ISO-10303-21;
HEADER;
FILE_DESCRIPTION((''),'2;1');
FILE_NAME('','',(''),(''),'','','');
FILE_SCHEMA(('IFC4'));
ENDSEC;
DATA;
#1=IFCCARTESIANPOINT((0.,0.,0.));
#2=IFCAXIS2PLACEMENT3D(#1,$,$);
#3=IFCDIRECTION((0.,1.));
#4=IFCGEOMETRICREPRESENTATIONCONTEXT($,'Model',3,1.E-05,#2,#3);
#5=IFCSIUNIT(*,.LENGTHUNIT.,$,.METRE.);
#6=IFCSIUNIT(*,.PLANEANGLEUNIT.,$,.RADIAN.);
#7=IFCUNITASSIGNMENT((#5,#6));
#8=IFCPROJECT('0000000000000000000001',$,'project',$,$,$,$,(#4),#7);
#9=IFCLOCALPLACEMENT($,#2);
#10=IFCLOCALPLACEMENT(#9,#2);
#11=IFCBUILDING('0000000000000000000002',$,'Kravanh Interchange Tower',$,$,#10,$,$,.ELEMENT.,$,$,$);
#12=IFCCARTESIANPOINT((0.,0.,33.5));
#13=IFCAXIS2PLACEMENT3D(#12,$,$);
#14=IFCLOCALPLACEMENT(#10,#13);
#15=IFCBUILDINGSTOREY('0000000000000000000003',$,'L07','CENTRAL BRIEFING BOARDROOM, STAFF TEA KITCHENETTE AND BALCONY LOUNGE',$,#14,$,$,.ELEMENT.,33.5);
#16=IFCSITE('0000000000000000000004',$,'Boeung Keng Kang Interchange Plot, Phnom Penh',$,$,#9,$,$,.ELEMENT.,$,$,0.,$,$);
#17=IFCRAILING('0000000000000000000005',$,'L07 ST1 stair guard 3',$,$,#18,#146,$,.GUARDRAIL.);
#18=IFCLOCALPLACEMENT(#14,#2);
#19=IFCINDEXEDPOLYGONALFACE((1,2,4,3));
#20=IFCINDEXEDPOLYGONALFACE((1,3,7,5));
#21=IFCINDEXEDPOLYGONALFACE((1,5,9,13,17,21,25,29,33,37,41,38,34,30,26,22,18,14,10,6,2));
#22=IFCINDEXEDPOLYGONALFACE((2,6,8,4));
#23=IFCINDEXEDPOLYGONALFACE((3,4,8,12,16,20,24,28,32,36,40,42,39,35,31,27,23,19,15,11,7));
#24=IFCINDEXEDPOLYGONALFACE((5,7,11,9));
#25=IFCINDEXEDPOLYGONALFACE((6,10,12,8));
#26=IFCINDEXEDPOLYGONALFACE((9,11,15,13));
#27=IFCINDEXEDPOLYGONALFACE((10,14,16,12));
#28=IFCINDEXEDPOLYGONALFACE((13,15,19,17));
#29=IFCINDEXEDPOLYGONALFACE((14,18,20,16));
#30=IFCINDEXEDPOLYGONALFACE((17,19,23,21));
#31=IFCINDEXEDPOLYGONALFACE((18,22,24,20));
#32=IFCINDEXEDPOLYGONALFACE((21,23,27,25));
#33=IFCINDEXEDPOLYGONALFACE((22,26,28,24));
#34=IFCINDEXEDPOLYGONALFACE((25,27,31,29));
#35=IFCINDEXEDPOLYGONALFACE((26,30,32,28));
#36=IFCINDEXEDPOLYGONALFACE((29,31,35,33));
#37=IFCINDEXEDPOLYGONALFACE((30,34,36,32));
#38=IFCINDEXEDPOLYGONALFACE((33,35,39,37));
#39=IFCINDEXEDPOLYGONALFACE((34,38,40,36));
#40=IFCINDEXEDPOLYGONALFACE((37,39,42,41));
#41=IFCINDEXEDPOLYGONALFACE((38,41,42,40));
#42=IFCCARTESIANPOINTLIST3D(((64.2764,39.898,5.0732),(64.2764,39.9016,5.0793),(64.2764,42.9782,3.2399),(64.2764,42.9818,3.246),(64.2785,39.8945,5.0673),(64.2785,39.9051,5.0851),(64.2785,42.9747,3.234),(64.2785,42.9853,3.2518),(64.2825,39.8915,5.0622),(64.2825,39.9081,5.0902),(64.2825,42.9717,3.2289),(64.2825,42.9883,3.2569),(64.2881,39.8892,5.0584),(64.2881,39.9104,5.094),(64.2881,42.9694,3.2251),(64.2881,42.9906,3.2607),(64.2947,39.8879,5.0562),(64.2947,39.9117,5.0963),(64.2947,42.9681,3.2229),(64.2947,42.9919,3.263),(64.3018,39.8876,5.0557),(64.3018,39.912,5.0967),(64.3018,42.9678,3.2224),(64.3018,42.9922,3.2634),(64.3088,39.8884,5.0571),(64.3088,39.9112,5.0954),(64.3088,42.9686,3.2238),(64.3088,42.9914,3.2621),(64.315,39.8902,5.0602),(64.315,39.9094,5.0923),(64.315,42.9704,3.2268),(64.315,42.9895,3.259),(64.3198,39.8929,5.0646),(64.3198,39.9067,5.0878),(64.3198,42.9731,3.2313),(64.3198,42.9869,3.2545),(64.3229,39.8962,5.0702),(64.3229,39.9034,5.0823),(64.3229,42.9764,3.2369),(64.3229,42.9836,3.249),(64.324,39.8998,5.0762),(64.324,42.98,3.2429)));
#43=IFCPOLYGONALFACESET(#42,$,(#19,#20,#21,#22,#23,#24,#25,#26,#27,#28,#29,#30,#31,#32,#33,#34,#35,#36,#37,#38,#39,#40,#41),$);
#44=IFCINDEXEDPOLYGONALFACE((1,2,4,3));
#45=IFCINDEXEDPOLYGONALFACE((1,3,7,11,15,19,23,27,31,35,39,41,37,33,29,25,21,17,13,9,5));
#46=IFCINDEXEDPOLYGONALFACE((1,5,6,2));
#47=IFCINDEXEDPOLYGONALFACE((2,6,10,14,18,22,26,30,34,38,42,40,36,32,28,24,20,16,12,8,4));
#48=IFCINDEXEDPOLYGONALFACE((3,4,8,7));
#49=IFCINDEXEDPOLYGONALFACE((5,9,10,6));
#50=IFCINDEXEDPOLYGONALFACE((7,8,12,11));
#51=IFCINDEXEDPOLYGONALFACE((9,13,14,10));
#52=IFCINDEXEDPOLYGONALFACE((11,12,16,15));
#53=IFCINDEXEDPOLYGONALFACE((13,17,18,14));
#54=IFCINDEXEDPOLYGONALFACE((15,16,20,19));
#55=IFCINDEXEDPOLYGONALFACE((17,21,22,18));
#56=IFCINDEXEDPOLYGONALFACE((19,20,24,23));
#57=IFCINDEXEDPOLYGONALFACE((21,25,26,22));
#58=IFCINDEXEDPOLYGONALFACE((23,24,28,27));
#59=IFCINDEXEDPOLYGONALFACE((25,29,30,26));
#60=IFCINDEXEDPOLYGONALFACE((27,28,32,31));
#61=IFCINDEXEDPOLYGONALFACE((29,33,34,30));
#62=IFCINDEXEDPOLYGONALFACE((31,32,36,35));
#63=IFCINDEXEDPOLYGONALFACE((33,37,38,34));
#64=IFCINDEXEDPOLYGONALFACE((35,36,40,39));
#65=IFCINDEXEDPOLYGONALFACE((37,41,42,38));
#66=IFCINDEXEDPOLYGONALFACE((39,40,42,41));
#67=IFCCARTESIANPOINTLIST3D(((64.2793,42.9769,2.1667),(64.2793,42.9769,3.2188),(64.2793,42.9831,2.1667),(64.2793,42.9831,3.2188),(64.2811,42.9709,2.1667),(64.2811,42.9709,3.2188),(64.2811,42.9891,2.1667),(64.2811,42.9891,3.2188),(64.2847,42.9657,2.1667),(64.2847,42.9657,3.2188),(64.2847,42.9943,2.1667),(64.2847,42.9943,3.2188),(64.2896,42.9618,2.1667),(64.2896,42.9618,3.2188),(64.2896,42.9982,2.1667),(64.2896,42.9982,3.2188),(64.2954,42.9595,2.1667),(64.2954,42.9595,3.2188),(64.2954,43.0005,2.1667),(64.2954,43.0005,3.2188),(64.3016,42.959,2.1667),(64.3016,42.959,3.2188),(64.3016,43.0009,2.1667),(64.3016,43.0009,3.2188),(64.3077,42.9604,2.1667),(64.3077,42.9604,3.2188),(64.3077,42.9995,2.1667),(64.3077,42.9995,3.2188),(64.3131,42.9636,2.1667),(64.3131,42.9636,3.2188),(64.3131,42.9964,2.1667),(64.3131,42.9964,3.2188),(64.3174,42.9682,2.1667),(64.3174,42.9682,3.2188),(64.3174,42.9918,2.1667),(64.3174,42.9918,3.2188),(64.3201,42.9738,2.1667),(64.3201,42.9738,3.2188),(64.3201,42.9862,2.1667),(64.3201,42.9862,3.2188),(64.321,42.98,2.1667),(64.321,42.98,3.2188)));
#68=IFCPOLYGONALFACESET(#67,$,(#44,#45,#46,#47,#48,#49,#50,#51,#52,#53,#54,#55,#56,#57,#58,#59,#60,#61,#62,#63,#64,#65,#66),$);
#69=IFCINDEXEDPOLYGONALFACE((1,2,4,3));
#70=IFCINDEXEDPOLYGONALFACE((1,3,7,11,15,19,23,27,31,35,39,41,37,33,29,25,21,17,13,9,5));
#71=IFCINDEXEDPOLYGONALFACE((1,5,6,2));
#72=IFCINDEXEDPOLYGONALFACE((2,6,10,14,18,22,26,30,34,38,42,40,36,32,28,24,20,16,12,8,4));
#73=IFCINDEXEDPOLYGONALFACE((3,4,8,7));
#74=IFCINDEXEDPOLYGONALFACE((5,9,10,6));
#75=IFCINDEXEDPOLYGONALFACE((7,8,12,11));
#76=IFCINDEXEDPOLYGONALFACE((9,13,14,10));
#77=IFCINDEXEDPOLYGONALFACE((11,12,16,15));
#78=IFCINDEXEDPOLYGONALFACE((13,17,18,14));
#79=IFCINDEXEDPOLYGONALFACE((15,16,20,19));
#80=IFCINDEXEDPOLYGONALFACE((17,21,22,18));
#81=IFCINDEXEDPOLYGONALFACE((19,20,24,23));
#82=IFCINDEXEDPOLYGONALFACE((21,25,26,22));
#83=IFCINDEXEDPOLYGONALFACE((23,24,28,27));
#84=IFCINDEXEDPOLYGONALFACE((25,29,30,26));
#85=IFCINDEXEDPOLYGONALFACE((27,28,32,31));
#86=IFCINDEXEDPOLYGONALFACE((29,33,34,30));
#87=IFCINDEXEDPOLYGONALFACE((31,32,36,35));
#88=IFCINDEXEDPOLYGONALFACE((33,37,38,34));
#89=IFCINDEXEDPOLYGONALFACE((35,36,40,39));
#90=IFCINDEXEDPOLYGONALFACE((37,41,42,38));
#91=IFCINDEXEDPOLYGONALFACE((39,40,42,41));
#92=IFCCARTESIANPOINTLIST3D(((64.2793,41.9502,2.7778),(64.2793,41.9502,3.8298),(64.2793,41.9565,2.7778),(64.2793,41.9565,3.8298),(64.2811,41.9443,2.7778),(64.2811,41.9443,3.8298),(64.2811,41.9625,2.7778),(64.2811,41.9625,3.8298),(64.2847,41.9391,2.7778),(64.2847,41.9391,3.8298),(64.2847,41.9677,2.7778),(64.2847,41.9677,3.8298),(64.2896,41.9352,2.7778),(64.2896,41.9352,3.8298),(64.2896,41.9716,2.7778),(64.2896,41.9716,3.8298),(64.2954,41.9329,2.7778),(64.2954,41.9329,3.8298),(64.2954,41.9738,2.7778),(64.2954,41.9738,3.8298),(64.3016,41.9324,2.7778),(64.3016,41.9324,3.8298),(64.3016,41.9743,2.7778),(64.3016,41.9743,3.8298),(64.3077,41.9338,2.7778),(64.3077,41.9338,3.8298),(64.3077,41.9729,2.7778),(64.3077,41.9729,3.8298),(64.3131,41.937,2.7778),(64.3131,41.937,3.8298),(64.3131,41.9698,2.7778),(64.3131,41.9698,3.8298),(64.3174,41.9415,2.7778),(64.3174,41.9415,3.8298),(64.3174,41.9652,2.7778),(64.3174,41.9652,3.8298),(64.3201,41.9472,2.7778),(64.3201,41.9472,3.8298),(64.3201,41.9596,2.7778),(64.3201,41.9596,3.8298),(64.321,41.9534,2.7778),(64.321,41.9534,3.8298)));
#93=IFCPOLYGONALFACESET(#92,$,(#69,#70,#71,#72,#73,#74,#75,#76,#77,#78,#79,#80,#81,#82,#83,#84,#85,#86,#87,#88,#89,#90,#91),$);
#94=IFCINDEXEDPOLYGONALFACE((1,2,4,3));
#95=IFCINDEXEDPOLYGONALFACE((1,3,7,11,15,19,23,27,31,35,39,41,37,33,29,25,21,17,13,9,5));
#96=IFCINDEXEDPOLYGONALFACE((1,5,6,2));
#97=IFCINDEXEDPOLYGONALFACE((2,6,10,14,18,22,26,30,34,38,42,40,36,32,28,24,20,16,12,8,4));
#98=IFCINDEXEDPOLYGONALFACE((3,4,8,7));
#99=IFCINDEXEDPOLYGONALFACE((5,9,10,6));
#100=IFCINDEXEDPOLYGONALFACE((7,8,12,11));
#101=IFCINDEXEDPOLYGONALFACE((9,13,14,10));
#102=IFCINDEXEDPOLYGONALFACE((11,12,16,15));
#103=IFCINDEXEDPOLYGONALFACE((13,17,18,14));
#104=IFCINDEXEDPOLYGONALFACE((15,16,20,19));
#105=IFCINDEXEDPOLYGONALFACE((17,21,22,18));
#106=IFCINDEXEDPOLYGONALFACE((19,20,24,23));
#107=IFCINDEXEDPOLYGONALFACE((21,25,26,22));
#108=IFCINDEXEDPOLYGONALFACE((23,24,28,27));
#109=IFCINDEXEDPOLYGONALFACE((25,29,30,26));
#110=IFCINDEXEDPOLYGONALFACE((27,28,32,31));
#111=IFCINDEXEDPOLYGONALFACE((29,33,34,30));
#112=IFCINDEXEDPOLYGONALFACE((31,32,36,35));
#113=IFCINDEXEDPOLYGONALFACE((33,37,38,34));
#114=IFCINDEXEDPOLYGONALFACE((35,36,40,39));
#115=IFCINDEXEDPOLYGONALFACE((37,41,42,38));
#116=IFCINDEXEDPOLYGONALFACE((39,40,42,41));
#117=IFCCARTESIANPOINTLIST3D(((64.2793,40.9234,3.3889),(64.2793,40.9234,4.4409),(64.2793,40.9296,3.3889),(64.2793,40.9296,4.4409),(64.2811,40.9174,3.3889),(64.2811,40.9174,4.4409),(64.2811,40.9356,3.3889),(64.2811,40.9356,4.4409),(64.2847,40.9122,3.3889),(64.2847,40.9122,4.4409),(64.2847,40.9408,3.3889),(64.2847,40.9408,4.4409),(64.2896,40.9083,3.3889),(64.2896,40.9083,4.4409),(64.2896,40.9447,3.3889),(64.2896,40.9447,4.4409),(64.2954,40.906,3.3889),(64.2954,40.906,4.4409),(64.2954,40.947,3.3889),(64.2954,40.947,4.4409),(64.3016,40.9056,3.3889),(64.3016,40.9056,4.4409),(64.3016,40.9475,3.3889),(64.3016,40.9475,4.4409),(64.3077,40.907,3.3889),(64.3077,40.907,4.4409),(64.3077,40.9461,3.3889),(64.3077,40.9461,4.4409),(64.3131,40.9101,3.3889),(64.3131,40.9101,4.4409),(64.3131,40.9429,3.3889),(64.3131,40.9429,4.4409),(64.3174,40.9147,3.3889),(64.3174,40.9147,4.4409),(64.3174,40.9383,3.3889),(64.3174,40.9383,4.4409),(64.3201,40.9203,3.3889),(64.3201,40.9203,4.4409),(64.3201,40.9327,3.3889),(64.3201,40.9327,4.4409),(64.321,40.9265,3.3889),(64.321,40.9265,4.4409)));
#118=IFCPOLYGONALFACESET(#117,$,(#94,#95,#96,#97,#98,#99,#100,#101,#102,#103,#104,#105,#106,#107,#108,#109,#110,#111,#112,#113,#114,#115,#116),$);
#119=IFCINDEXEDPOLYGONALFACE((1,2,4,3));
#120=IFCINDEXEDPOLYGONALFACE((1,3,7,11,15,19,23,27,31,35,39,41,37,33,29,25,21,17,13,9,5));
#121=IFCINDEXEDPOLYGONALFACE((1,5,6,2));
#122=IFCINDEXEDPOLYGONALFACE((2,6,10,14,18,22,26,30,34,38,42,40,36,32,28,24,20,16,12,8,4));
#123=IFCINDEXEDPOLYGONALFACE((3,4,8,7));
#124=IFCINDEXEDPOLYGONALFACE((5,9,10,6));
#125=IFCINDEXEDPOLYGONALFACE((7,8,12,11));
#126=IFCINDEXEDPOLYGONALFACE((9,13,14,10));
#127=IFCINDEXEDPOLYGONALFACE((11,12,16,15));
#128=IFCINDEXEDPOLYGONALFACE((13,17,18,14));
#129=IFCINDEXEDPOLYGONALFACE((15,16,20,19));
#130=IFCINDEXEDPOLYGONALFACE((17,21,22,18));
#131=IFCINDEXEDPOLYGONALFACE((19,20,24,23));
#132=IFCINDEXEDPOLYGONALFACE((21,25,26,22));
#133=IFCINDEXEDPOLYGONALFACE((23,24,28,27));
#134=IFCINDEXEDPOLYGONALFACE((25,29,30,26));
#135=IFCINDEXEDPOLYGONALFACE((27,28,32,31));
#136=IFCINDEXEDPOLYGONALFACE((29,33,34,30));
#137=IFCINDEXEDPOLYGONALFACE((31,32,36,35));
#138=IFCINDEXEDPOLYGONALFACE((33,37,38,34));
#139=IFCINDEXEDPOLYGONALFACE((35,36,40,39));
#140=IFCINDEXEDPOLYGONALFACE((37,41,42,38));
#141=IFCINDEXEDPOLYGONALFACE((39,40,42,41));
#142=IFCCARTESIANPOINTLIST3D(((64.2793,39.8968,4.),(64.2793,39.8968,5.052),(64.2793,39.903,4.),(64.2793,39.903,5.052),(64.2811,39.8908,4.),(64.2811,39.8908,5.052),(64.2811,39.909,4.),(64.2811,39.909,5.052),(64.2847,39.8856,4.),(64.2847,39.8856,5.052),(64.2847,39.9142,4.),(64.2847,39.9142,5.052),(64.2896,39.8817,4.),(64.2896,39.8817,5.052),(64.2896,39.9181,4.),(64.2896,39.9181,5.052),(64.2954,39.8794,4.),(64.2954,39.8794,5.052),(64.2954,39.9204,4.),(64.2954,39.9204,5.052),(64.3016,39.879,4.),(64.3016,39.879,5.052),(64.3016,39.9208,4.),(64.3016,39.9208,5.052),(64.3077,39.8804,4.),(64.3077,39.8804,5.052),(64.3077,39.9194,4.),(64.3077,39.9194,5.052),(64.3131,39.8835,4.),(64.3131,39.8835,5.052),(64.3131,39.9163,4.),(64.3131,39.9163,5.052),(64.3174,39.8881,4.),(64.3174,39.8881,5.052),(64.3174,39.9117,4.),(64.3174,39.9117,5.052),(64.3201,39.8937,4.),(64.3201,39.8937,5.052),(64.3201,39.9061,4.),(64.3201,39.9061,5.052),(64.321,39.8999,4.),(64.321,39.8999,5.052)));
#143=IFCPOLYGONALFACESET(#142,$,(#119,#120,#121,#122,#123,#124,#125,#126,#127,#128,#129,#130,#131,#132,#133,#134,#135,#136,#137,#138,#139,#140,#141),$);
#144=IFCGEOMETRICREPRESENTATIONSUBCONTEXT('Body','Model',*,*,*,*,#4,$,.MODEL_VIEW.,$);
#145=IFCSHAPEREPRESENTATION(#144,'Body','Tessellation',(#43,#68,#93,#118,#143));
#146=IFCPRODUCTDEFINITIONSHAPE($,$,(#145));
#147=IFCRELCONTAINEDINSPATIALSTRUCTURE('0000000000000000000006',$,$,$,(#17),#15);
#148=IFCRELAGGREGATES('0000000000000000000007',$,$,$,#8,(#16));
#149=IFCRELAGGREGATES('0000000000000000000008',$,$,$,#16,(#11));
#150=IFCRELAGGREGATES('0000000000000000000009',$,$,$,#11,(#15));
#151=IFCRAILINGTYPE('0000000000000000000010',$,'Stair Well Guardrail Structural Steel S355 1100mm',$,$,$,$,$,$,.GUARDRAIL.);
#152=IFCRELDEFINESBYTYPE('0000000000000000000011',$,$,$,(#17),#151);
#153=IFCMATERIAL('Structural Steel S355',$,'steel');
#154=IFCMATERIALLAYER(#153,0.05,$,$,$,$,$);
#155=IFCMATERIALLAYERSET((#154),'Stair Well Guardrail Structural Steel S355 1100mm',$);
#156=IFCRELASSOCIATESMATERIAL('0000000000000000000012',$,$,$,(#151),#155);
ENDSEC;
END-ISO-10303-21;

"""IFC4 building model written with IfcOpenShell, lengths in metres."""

from ifc_helpers import new_model, si_unit, direction, frame, origin, origin_2d, place, context, subcontext, project, spatial, circle, extrude, material, layer, layer_set, type_object, element, save


model = new_model("IFC4")

# Units and contexts
model_context = context("Model", 3, precision=1e-05, world=origin(), true_north=direction((0.0, 1.0)))
body_context = subcontext(model_context, "Body", "Model", "MODEL_VIEW")
ifc_project = project(units=[si_unit("LENGTHUNIT", "METRE"), si_unit("PLANEANGLEUNIT", "RADIAN")], contexts=[model_context])

# Site, building, storey
site_placement = place(None, origin())
site = spatial("IfcSite", under=ifc_project, at=site_placement, Name="Boeung Keng Kang Interchange Plot, Phnom Penh", CompositionType="ELEMENT", RefElevation=0.0)
building_placement = place(site_placement, origin())
building = spatial("IfcBuilding", under=site, at=building_placement, Name="Kravanh Interchange Tower", CompositionType="ELEMENT")
storey_placement = place(building_placement, frame((0.0, 0.0, 33.5)))
storey = spatial("IfcBuildingStorey", under=building, at=storey_placement, Name="L07", Description="CENTRAL BRIEFING BOARDROOM, STAFF TEA KITCHENETTE AND BALCONY LOUNGE", CompositionType="ELEMENT", Elevation=33.5)

# Railing
ifc_material_1 = material(Name="Structural Steel S355", Category="steel")
ifc_layer_1 = layer(ifc_material_1, 0.05)
ifc_layer_set_1 = layer_set([ifc_layer_1], Name="Stair Well Guardrail Structural Steel S355 1100mm")
railing_type_1 = type_object("IfcRailingType", Name="Stair Well Guardrail Structural Steel S355 1100mm", PredefinedType="GUARDRAIL", material=ifc_layer_set_1)
railing_1_placement = place(storey_placement, frame((64.3, 42.98, 2.1667)))
element("IfcRailing", 1, at=railing_1_placement, inside=storey, type_object=railing_type_1, Name="L07 ST1 stair guard 3", PredefinedType="GUARDRAIL", context=body_context, shape_type="SweptSolid", body=[
    extrude(circle(Radius=0.0239, at=origin_2d()), frame((0.0, 0.0, 1.0762), z_axis=(0.0, -0.859309, 0.511458), x_axis=(1.0, 0.0, 0.0)), (0.0, 0.0, 1.0), 3.5845),
    extrude(circle(Radius=0.021, at=origin_2d()), origin(), (0.0, 0.0, 1.0), 1.052),
    extrude(circle(Radius=0.021, at=origin_2d()), frame((0.0, -1.0266, 0.6111)), (0.0, 0.0, 1.0), 1.052),
    extrude(circle(Radius=0.021, at=origin_2d()), frame((0.0, -2.0535, 1.2222)), (0.0, 0.0, 1.0), 1.052),
    extrude(circle(Radius=0.021, at=origin_2d()), frame((0.0, -3.0801, 1.8333)), (0.0, 0.0, 1.0), 1.052),
])

save(model, "model.ifc")
